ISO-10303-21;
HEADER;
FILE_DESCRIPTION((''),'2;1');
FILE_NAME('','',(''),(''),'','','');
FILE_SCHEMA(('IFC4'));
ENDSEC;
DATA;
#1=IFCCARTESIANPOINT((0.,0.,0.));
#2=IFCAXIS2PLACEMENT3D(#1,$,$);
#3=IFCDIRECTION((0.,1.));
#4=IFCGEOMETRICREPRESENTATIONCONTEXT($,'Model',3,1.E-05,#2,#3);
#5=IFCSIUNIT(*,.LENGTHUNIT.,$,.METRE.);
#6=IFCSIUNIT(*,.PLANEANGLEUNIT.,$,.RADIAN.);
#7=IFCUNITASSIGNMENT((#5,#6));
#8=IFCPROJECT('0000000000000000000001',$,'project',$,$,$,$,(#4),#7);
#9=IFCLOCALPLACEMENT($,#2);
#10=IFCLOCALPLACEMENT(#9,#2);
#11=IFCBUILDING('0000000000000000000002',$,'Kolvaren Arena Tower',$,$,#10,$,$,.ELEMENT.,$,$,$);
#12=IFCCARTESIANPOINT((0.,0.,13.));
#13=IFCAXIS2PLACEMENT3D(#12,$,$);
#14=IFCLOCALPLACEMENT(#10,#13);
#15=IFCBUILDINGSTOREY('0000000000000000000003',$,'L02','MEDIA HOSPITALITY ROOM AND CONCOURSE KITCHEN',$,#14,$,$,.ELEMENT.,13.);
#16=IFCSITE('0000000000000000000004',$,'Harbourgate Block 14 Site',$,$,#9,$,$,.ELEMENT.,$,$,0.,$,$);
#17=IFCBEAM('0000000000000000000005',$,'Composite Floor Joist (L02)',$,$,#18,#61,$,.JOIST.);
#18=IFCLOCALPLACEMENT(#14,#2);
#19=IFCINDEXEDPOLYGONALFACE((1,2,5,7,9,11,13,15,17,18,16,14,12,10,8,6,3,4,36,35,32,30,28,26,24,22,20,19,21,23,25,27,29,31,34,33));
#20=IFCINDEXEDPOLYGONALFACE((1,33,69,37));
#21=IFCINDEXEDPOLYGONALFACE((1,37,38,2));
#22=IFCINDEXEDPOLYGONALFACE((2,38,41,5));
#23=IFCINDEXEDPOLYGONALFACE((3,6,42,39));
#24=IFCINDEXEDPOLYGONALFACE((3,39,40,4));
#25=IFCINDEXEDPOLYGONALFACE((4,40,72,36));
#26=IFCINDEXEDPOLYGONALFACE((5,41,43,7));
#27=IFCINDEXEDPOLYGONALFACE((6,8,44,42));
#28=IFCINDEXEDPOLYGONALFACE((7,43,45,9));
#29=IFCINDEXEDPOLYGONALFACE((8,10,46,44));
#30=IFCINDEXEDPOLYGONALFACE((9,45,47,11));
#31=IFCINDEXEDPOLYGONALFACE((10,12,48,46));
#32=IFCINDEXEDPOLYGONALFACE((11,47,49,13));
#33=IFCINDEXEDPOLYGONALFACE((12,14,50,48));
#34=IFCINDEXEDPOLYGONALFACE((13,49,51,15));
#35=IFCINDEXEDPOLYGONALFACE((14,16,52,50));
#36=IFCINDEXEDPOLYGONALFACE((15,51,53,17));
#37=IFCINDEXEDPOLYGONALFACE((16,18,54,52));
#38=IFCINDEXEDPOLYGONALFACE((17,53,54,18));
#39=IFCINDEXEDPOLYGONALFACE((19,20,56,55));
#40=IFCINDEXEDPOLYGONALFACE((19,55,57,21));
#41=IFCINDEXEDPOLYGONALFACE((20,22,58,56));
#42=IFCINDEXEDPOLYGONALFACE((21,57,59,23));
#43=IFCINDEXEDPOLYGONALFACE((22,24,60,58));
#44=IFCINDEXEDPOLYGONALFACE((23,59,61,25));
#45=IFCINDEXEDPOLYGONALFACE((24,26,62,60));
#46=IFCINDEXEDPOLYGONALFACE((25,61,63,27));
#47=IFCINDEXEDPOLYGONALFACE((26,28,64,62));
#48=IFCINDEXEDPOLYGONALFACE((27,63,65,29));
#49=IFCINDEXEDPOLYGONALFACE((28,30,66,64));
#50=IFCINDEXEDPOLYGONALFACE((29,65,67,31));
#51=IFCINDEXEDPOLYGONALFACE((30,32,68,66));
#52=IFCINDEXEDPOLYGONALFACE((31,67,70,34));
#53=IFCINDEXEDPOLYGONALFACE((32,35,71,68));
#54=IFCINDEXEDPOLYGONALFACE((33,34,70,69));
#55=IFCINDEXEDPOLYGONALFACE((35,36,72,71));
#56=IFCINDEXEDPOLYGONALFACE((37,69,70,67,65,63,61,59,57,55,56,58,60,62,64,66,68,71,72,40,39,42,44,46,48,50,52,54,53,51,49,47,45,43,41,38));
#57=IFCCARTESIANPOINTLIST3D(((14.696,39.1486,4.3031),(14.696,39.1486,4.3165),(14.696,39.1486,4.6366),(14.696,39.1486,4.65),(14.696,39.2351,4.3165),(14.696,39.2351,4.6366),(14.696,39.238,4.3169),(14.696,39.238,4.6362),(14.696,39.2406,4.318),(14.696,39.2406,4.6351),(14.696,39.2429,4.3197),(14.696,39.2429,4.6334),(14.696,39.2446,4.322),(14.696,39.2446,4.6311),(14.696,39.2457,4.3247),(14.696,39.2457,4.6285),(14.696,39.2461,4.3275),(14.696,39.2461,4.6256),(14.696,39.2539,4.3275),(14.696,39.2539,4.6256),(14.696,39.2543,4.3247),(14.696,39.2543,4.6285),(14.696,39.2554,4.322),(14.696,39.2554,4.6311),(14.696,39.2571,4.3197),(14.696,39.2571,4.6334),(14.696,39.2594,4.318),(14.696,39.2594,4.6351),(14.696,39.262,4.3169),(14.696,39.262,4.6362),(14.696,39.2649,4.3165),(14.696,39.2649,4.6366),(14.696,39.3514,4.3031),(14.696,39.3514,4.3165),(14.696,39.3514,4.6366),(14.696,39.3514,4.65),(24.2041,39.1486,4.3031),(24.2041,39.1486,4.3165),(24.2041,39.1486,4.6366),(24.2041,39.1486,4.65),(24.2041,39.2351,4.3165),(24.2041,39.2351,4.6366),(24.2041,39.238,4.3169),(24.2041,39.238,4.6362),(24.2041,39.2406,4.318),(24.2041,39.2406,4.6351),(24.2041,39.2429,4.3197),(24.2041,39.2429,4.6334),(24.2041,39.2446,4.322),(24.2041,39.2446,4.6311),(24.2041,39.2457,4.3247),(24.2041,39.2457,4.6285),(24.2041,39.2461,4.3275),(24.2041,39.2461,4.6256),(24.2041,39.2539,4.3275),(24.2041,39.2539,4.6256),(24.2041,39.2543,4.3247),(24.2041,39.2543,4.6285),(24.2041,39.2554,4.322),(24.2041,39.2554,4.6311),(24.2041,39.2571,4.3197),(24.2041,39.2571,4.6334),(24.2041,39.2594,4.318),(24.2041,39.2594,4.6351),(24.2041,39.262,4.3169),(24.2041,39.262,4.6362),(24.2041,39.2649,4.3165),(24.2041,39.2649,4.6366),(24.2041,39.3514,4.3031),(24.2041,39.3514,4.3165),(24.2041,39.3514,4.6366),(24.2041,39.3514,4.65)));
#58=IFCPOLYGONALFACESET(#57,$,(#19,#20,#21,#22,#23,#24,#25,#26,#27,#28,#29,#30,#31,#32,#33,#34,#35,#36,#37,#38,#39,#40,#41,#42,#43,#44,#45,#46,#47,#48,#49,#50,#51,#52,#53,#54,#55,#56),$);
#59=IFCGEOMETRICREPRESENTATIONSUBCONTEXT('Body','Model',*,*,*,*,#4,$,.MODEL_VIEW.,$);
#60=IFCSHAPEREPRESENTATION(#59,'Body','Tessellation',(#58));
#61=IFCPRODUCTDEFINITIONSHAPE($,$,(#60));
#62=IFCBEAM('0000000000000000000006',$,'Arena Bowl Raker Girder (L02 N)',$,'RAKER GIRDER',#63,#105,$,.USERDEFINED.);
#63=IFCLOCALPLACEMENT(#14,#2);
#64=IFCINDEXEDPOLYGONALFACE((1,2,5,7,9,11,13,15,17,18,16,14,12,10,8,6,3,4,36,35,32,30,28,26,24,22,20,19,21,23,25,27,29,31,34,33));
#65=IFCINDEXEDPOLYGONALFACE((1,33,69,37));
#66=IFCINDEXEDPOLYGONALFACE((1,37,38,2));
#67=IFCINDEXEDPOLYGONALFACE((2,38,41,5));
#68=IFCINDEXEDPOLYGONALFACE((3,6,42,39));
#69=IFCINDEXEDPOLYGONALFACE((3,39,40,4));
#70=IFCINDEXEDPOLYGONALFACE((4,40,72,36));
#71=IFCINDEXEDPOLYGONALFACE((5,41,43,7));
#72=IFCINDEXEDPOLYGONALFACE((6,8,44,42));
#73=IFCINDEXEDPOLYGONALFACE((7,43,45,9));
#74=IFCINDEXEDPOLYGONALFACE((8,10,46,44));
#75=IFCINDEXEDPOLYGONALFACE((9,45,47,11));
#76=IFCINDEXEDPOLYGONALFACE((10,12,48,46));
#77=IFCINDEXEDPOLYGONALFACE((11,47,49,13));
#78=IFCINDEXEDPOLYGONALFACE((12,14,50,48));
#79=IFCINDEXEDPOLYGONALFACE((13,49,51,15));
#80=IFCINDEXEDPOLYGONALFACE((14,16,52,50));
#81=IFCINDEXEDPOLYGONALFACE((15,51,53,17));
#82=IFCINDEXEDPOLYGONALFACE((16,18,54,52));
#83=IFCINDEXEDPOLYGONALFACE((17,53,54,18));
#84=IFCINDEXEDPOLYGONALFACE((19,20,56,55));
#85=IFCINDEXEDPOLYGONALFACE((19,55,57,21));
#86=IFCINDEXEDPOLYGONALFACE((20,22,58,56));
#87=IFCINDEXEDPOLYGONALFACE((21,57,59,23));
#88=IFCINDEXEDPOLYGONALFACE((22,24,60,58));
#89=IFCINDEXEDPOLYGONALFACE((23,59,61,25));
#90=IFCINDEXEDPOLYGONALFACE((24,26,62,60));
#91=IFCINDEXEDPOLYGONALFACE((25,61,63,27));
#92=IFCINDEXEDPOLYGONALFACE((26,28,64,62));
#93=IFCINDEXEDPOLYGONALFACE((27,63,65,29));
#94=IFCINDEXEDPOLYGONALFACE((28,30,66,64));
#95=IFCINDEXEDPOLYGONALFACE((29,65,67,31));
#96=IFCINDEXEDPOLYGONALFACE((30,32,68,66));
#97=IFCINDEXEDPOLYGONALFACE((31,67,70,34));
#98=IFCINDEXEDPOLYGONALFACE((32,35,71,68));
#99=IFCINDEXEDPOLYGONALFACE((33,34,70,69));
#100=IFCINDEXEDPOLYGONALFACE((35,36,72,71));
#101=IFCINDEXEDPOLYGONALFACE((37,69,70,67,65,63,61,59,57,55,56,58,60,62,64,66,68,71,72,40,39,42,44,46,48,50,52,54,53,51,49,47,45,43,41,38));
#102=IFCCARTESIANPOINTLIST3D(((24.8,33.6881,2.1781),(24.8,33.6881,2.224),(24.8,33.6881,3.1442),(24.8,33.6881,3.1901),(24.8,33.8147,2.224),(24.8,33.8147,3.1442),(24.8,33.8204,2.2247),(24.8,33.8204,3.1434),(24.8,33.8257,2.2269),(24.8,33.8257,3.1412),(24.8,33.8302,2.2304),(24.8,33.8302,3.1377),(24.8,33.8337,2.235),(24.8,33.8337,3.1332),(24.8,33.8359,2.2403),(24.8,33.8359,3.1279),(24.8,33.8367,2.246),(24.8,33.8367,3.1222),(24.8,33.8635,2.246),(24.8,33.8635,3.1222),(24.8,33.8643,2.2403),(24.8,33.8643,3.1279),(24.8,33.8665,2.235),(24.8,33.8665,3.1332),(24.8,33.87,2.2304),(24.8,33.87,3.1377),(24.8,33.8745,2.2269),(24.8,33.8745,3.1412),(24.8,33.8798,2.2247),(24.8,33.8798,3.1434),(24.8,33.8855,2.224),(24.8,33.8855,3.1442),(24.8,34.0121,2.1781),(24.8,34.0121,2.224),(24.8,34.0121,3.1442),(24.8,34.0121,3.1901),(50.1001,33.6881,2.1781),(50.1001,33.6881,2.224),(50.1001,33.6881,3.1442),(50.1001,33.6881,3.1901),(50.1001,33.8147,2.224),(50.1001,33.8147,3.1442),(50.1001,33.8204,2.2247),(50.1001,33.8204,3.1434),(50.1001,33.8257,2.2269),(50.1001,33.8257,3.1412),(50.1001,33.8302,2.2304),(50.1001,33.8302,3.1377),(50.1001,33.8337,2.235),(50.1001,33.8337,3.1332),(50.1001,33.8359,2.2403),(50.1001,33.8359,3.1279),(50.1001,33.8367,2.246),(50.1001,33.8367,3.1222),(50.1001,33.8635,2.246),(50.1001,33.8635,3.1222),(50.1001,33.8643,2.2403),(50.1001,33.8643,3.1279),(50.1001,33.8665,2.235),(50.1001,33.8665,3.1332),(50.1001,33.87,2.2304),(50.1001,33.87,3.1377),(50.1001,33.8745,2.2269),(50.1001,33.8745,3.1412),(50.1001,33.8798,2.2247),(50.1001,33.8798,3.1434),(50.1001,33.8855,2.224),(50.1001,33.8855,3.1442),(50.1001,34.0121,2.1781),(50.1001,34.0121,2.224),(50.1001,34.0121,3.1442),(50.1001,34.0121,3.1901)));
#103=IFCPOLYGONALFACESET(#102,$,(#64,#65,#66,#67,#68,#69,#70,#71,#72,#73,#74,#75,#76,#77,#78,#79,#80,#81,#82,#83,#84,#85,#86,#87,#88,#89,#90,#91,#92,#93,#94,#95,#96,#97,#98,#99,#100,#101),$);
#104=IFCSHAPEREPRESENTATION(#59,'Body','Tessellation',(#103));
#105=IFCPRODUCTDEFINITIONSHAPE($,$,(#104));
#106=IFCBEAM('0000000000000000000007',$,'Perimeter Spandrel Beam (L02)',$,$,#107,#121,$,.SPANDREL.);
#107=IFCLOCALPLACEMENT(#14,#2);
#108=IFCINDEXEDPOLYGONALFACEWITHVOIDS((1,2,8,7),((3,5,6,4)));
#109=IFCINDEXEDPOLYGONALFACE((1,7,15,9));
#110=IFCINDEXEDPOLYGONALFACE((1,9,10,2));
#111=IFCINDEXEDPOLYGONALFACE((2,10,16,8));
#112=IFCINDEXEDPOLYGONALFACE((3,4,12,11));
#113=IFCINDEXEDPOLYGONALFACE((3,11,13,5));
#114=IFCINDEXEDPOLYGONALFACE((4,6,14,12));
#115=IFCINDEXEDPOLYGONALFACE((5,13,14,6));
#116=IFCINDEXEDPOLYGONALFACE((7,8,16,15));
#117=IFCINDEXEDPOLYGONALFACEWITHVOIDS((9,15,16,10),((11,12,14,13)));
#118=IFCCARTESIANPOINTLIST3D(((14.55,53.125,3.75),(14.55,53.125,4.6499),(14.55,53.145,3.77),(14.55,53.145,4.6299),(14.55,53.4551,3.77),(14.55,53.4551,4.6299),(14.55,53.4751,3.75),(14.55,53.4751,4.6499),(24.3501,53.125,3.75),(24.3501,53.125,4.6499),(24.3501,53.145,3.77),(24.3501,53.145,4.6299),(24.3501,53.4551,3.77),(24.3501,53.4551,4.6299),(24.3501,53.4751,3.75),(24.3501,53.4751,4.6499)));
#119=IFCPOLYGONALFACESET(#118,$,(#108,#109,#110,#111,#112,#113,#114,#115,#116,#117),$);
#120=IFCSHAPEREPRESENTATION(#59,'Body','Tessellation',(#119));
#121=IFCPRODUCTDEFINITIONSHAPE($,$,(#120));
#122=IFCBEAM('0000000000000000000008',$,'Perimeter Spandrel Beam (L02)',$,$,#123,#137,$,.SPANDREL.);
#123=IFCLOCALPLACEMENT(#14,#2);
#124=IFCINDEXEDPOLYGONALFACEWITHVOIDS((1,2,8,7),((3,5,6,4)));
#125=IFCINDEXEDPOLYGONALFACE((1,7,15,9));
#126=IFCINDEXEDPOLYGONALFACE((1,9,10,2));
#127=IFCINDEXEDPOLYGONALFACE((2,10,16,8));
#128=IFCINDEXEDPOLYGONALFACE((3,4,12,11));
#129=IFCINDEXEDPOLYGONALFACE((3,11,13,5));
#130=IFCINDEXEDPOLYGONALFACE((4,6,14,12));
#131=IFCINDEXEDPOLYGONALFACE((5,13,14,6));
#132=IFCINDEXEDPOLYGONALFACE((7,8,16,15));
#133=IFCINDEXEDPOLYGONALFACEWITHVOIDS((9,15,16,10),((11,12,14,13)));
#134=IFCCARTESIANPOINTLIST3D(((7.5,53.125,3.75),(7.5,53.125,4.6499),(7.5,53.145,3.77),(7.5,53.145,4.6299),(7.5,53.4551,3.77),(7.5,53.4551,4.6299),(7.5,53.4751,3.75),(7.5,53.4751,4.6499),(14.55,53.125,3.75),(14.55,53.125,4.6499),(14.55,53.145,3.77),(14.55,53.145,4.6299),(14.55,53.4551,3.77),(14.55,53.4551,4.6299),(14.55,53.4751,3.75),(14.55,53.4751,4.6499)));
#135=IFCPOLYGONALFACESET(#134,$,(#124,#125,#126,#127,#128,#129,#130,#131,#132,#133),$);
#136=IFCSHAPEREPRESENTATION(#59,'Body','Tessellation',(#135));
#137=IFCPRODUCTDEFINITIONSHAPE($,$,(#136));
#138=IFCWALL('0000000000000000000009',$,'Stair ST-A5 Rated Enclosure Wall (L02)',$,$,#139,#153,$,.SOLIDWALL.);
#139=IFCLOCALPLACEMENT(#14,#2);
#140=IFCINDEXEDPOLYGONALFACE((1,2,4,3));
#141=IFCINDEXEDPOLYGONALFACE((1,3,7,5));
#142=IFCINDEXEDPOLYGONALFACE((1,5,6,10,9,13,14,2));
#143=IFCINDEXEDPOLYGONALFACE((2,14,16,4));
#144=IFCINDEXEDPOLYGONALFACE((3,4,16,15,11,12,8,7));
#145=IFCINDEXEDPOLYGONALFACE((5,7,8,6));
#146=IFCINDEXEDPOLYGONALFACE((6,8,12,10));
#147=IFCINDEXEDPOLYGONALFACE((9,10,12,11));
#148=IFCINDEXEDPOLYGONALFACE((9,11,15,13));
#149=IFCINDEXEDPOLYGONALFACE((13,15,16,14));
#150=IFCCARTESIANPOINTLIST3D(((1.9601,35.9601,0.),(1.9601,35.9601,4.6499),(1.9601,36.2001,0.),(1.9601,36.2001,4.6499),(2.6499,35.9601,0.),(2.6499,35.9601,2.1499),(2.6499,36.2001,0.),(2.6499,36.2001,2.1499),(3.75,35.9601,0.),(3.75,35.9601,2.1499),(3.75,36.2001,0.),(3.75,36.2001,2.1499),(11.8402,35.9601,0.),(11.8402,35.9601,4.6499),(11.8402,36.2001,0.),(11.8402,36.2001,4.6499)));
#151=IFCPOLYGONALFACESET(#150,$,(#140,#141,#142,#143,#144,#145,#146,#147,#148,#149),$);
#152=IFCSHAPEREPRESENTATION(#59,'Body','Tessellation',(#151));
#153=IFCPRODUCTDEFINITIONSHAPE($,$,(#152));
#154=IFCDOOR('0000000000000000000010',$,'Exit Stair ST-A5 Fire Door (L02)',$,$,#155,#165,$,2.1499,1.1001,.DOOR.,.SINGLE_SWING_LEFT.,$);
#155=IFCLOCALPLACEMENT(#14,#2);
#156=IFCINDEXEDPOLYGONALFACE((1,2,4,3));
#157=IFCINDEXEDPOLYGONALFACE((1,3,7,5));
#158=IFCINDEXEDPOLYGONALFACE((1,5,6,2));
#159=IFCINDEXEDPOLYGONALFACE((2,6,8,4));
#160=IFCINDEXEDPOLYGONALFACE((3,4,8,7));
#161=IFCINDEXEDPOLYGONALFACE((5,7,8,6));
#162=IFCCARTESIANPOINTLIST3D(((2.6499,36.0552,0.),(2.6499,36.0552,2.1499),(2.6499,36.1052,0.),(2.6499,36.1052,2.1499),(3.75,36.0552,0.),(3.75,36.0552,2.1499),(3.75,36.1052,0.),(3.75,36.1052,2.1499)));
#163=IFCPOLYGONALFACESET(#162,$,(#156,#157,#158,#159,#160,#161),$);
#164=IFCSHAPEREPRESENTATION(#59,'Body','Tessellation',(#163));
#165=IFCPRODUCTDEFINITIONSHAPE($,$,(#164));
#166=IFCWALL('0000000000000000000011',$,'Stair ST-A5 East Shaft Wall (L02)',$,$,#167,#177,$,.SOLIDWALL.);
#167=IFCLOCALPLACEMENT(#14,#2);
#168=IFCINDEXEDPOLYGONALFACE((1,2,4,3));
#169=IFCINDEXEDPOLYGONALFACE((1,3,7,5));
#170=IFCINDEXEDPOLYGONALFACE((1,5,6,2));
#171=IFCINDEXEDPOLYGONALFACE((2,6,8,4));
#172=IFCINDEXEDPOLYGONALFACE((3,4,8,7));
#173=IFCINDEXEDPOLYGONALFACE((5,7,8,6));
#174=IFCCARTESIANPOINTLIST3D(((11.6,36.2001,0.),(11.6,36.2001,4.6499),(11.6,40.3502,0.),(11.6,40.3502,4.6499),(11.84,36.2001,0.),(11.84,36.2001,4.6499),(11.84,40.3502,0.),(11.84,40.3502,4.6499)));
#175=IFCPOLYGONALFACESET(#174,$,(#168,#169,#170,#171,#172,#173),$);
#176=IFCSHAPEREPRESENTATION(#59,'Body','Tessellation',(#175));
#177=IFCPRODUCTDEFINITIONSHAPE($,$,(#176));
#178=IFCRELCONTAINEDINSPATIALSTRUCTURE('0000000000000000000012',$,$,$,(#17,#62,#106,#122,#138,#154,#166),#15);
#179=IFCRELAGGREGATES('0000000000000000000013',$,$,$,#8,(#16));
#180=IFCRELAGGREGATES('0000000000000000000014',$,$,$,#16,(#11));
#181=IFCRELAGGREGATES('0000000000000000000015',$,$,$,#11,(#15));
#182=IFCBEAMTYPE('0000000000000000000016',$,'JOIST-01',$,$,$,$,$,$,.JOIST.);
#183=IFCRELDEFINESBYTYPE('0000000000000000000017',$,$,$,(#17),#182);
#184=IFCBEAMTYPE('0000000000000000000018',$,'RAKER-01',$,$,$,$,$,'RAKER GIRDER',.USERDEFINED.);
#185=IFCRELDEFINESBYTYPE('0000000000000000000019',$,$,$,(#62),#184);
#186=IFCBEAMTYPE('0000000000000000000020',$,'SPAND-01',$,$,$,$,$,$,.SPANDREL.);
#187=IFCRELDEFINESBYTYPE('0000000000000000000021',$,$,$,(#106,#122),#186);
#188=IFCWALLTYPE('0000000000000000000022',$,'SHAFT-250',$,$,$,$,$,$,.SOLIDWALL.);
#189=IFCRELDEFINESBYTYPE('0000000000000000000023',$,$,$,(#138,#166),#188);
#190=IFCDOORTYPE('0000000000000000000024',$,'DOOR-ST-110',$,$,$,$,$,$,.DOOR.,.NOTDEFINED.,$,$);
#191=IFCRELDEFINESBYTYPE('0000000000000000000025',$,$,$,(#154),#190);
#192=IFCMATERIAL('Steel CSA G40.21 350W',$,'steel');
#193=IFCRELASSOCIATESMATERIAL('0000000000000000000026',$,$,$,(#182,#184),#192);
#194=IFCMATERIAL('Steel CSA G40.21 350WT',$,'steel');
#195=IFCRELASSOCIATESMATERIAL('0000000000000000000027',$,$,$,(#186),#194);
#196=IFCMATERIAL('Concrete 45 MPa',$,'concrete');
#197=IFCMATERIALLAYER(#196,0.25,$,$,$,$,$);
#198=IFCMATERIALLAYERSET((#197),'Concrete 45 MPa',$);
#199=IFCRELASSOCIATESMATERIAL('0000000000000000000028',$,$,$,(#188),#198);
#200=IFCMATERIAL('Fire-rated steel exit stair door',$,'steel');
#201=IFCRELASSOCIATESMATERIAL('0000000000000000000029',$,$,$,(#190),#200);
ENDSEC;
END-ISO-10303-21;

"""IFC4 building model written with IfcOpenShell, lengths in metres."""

from ifc_helpers import new_model, si_unit, direction, frame, frame_2d, origin, origin_2d, place, context, subcontext, project, spatial, rectangle, hollow_rectangle, i_section, extrude, material, layer, layer_set, material_profile, profile_set, type_object, element, fill, save


model = new_model("IFC4")

# Units and contexts
model_context = context("Model", 3, precision=1e-05, world=origin(), true_north=direction((0.0, 1.0)))
body_context = subcontext(model_context, "Body", "Model", "MODEL_VIEW")
ifc_project = project(units=[si_unit("LENGTHUNIT", "METRE"), si_unit("PLANEANGLEUNIT", "RADIAN")], contexts=[model_context])

# Site, building, storey
site_placement = place(None, origin())
site = spatial("IfcSite", under=ifc_project, at=site_placement, Name="Harbourgate Block 14 Site", CompositionType="ELEMENT", RefElevation=0.0)
building_placement = place(site_placement, origin())
building = spatial("IfcBuilding", under=site, at=building_placement, Name="Kolvaren Arena Tower", CompositionType="ELEMENT")
storey_placement = place(building_placement, frame((0.0, 0.0, 13.0)))
storey = spatial("IfcBuildingStorey", under=building, at=storey_placement, Name="L02", Description="MEDIA HOSPITALITY ROOM AND CONCOURSE KITCHEN", CompositionType="ELEMENT", Elevation=13.0)

# Beams
ifc_material_1 = material(Name="Steel CSA G40.21 350W", Category="steel")
ifc_material_profile_1 = material_profile(ifc_material_1, i_section(OverallWidth=0.2029, OverallDepth=0.3469, WebThickness=0.0078, FlangeThickness=0.0134, FilletRadius=0.011, at=origin_2d()), Name="W360x64")
ifc_profile_set_1 = profile_set([ifc_material_profile_1], Name="Steel CSA G40.21 350W")
beam_type_1 = type_object("IfcBeamType", Name="JOIST-01", PredefinedType="JOIST", material=ifc_profile_set_1)
for number, where, z_axis, x_axis, name in (
    (1, (14.696, 39.25, 4.4766), (1.0, 0.0, 0.0), (0.0, 1.0, 0.0), "Composite Floor Joist (L02)"),
):
    element("IfcBeam", number, at=place(storey_placement, frame(where, z_axis=z_axis, x_axis=x_axis)), inside=storey, type_object=beam_type_1, Name=name, PredefinedType="JOIST", context=body_context, shape_type="SweptSolid", body=[
        extrude(i_section(OverallWidth=0.2029, OverallDepth=0.3469, WebThickness=0.0078, FlangeThickness=0.0134, FilletRadius=0.011, at=origin_2d()), origin(), (0.0, 0.0, 1.0), 9.5081),
    ])
ifc_material_profile_2 = material_profile(ifc_material_1, i_section(OverallWidth=0.324, OverallDepth=1.012, WebThickness=0.0269, FlangeThickness=0.0459, FilletRadius=0.022, at=origin_2d()), Name="W1000x443")
ifc_profile_set_2 = profile_set([ifc_material_profile_2], Name="Steel CSA G40.21 350W")
beam_type_2 = type_object("IfcBeamType", Name="RAKER-01", ElementType="RAKER GIRDER", PredefinedType="USERDEFINED", material=ifc_profile_set_2)
beam_1_placement = place(storey_placement, frame((24.8, 33.8501, 2.6841), z_axis=(1.0, 0.0, 0.0), x_axis=(0.0, 1.0, 0.0)))
element("IfcBeam", 2, at=beam_1_placement, inside=storey, type_object=beam_type_2, Name="Arena Bowl Raker Girder (L02 N)", ObjectType="RAKER GIRDER", PredefinedType="USERDEFINED", context=body_context, shape_type="SweptSolid", body=[
    extrude(i_section(OverallWidth=0.324, OverallDepth=1.012, WebThickness=0.0269, FlangeThickness=0.0459, FilletRadius=0.022, at=origin_2d()), origin(), (0.0, 0.0, 1.0), 25.3),
])
ifc_material_2 = material(Name="Steel CSA G40.21 350WT", Category="steel")
ifc_material_profile_3 = material_profile(ifc_material_2, hollow_rectangle(XDim=0.3501, YDim=0.8999, WallThickness=0.02, at=origin_2d()), Name="HSS 900x350x20")
ifc_profile_set_3 = profile_set([ifc_material_profile_3], Name="Steel CSA G40.21 350WT")
beam_type_3 = type_object("IfcBeamType", Name="SPAND-01", PredefinedType="SPANDREL", material=ifc_profile_set_3)
beam_2_placement = place(storey_placement, frame((24.3501, 53.3, 4.2), z_axis=(-1.0, 0.0, 0.0), x_axis=(0.0, -1.0, 0.0)))
element("IfcBeam", 3, at=beam_2_placement, inside=storey, type_object=beam_type_3, Name="Perimeter Spandrel Beam (L02)", PredefinedType="SPANDREL", context=body_context, shape_type="SweptSolid", body=[
    extrude(hollow_rectangle(XDim=0.3501, YDim=0.8999, WallThickness=0.02, at=origin_2d()), origin(), (0.0, 0.0, 1.0), 9.8),
])
beam_3_placement = place(storey_placement, frame((14.55, 53.3, 4.2), z_axis=(-1.0, 0.0, 0.0), x_axis=(0.0, -1.0, 0.0)))
element("IfcBeam", 4, at=beam_3_placement, inside=storey, type_object=beam_type_3, Name="Perimeter Spandrel Beam (L02)", PredefinedType="SPANDREL", context=body_context, shape_type="SweptSolid", body=[
    extrude(hollow_rectangle(XDim=0.3501, YDim=0.8999, WallThickness=0.02, at=origin_2d()), origin(), (0.0, 0.0, 1.0), 7.05),
])

# Wall, opening, door
ifc_material_3 = material(Name="Concrete 45 MPa", Category="concrete")
ifc_layer = layer(ifc_material_3, 0.25)
ifc_layer_set = layer_set([ifc_layer], Name="Concrete 45 MPa")
wall_type = type_object("IfcWallType", Name="SHAFT-250", PredefinedType="SOLIDWALL", material=ifc_layer_set)
wall_1_placement = place(storey_placement, frame((11.8401, 36.0801, 0.0), z_axis=(0.0, 0.0, 1.0), x_axis=(-1.0, 0.0, 0.0)))
wall_1 = element("IfcWall", 5, at=wall_1_placement, inside=storey, type_object=wall_type, Name="Stair ST-A5 Rated Enclosure Wall (L02)", PredefinedType="SOLIDWALL", context=body_context, shape_type="SweptSolid", body=[
    extrude(rectangle(XDim=9.8801, YDim=0.24, at=frame_2d((4.9399, 0.0))), origin(), (0.0, 0.0, 1.0), 4.6499),
])
opening_1_placement = place(wall_1_placement, frame((8.0901, 0.0, 0.0)))
opening_1 = element("IfcOpeningElement", 6, at=opening_1_placement, cuts=wall_1, PredefinedType="OPENING", context=body_context, shape_type="SweptSolid", body=[
    extrude(rectangle(XDim=1.1001, YDim=2.1499, at=frame_2d((0.55, 1.075))), frame((0.0, 0.1299, 0.0), z_axis=(0.0, -1.0, 0.0), x_axis=(1.0, 0.0, 0.0)), (0.0, 0.0, 1.0), 0.26),
])
ifc_material_4 = material(Name="Fire-rated steel exit stair door", Category="steel")
door_type = type_object("IfcDoorType", Name="DOOR-ST-110", OperationType="NOTDEFINED", PredefinedType="DOOR", material=ifc_material_4)
door_1_placement = place(opening_1_placement, origin())
door_1 = element("IfcDoor", 7, at=door_1_placement, inside=storey, type_object=door_type, Name="Exit Stair ST-A5 Fire Door (L02)", OperationType="SINGLE_SWING_LEFT", OverallHeight=2.1499, OverallWidth=1.1001, PredefinedType="DOOR", context=body_context, shape_type="SweptSolid", body=[
    extrude(rectangle(XDim=1.1001, YDim=2.1499, at=frame_2d((0.55, 1.075))), frame((0.0, 0.0249, 0.0), z_axis=(0.0, -1.0, 0.0), x_axis=(1.0, 0.0, 0.0)), (0.0, 0.0, 1.0), 0.05),
])
fill(opening_1, door_1)

# Wall
wall_2_placement = place(storey_placement, frame((11.72, 36.2, 0.0), z_axis=(0.0, 0.0, 1.0), x_axis=(0.0, 1.0, 0.0)))
element("IfcWall", 8, at=wall_2_placement, inside=storey, type_object=wall_type, Name="Stair ST-A5 East Shaft Wall (L02)", PredefinedType="SOLIDWALL", context=body_context, shape_type="SweptSolid", body=[
    extrude(rectangle(XDim=4.1501, YDim=0.24, at=frame_2d((2.0752, 0.0))), origin(), (0.0, 0.0, 1.0), 4.6499),
])

save(model, "model.ifc")
